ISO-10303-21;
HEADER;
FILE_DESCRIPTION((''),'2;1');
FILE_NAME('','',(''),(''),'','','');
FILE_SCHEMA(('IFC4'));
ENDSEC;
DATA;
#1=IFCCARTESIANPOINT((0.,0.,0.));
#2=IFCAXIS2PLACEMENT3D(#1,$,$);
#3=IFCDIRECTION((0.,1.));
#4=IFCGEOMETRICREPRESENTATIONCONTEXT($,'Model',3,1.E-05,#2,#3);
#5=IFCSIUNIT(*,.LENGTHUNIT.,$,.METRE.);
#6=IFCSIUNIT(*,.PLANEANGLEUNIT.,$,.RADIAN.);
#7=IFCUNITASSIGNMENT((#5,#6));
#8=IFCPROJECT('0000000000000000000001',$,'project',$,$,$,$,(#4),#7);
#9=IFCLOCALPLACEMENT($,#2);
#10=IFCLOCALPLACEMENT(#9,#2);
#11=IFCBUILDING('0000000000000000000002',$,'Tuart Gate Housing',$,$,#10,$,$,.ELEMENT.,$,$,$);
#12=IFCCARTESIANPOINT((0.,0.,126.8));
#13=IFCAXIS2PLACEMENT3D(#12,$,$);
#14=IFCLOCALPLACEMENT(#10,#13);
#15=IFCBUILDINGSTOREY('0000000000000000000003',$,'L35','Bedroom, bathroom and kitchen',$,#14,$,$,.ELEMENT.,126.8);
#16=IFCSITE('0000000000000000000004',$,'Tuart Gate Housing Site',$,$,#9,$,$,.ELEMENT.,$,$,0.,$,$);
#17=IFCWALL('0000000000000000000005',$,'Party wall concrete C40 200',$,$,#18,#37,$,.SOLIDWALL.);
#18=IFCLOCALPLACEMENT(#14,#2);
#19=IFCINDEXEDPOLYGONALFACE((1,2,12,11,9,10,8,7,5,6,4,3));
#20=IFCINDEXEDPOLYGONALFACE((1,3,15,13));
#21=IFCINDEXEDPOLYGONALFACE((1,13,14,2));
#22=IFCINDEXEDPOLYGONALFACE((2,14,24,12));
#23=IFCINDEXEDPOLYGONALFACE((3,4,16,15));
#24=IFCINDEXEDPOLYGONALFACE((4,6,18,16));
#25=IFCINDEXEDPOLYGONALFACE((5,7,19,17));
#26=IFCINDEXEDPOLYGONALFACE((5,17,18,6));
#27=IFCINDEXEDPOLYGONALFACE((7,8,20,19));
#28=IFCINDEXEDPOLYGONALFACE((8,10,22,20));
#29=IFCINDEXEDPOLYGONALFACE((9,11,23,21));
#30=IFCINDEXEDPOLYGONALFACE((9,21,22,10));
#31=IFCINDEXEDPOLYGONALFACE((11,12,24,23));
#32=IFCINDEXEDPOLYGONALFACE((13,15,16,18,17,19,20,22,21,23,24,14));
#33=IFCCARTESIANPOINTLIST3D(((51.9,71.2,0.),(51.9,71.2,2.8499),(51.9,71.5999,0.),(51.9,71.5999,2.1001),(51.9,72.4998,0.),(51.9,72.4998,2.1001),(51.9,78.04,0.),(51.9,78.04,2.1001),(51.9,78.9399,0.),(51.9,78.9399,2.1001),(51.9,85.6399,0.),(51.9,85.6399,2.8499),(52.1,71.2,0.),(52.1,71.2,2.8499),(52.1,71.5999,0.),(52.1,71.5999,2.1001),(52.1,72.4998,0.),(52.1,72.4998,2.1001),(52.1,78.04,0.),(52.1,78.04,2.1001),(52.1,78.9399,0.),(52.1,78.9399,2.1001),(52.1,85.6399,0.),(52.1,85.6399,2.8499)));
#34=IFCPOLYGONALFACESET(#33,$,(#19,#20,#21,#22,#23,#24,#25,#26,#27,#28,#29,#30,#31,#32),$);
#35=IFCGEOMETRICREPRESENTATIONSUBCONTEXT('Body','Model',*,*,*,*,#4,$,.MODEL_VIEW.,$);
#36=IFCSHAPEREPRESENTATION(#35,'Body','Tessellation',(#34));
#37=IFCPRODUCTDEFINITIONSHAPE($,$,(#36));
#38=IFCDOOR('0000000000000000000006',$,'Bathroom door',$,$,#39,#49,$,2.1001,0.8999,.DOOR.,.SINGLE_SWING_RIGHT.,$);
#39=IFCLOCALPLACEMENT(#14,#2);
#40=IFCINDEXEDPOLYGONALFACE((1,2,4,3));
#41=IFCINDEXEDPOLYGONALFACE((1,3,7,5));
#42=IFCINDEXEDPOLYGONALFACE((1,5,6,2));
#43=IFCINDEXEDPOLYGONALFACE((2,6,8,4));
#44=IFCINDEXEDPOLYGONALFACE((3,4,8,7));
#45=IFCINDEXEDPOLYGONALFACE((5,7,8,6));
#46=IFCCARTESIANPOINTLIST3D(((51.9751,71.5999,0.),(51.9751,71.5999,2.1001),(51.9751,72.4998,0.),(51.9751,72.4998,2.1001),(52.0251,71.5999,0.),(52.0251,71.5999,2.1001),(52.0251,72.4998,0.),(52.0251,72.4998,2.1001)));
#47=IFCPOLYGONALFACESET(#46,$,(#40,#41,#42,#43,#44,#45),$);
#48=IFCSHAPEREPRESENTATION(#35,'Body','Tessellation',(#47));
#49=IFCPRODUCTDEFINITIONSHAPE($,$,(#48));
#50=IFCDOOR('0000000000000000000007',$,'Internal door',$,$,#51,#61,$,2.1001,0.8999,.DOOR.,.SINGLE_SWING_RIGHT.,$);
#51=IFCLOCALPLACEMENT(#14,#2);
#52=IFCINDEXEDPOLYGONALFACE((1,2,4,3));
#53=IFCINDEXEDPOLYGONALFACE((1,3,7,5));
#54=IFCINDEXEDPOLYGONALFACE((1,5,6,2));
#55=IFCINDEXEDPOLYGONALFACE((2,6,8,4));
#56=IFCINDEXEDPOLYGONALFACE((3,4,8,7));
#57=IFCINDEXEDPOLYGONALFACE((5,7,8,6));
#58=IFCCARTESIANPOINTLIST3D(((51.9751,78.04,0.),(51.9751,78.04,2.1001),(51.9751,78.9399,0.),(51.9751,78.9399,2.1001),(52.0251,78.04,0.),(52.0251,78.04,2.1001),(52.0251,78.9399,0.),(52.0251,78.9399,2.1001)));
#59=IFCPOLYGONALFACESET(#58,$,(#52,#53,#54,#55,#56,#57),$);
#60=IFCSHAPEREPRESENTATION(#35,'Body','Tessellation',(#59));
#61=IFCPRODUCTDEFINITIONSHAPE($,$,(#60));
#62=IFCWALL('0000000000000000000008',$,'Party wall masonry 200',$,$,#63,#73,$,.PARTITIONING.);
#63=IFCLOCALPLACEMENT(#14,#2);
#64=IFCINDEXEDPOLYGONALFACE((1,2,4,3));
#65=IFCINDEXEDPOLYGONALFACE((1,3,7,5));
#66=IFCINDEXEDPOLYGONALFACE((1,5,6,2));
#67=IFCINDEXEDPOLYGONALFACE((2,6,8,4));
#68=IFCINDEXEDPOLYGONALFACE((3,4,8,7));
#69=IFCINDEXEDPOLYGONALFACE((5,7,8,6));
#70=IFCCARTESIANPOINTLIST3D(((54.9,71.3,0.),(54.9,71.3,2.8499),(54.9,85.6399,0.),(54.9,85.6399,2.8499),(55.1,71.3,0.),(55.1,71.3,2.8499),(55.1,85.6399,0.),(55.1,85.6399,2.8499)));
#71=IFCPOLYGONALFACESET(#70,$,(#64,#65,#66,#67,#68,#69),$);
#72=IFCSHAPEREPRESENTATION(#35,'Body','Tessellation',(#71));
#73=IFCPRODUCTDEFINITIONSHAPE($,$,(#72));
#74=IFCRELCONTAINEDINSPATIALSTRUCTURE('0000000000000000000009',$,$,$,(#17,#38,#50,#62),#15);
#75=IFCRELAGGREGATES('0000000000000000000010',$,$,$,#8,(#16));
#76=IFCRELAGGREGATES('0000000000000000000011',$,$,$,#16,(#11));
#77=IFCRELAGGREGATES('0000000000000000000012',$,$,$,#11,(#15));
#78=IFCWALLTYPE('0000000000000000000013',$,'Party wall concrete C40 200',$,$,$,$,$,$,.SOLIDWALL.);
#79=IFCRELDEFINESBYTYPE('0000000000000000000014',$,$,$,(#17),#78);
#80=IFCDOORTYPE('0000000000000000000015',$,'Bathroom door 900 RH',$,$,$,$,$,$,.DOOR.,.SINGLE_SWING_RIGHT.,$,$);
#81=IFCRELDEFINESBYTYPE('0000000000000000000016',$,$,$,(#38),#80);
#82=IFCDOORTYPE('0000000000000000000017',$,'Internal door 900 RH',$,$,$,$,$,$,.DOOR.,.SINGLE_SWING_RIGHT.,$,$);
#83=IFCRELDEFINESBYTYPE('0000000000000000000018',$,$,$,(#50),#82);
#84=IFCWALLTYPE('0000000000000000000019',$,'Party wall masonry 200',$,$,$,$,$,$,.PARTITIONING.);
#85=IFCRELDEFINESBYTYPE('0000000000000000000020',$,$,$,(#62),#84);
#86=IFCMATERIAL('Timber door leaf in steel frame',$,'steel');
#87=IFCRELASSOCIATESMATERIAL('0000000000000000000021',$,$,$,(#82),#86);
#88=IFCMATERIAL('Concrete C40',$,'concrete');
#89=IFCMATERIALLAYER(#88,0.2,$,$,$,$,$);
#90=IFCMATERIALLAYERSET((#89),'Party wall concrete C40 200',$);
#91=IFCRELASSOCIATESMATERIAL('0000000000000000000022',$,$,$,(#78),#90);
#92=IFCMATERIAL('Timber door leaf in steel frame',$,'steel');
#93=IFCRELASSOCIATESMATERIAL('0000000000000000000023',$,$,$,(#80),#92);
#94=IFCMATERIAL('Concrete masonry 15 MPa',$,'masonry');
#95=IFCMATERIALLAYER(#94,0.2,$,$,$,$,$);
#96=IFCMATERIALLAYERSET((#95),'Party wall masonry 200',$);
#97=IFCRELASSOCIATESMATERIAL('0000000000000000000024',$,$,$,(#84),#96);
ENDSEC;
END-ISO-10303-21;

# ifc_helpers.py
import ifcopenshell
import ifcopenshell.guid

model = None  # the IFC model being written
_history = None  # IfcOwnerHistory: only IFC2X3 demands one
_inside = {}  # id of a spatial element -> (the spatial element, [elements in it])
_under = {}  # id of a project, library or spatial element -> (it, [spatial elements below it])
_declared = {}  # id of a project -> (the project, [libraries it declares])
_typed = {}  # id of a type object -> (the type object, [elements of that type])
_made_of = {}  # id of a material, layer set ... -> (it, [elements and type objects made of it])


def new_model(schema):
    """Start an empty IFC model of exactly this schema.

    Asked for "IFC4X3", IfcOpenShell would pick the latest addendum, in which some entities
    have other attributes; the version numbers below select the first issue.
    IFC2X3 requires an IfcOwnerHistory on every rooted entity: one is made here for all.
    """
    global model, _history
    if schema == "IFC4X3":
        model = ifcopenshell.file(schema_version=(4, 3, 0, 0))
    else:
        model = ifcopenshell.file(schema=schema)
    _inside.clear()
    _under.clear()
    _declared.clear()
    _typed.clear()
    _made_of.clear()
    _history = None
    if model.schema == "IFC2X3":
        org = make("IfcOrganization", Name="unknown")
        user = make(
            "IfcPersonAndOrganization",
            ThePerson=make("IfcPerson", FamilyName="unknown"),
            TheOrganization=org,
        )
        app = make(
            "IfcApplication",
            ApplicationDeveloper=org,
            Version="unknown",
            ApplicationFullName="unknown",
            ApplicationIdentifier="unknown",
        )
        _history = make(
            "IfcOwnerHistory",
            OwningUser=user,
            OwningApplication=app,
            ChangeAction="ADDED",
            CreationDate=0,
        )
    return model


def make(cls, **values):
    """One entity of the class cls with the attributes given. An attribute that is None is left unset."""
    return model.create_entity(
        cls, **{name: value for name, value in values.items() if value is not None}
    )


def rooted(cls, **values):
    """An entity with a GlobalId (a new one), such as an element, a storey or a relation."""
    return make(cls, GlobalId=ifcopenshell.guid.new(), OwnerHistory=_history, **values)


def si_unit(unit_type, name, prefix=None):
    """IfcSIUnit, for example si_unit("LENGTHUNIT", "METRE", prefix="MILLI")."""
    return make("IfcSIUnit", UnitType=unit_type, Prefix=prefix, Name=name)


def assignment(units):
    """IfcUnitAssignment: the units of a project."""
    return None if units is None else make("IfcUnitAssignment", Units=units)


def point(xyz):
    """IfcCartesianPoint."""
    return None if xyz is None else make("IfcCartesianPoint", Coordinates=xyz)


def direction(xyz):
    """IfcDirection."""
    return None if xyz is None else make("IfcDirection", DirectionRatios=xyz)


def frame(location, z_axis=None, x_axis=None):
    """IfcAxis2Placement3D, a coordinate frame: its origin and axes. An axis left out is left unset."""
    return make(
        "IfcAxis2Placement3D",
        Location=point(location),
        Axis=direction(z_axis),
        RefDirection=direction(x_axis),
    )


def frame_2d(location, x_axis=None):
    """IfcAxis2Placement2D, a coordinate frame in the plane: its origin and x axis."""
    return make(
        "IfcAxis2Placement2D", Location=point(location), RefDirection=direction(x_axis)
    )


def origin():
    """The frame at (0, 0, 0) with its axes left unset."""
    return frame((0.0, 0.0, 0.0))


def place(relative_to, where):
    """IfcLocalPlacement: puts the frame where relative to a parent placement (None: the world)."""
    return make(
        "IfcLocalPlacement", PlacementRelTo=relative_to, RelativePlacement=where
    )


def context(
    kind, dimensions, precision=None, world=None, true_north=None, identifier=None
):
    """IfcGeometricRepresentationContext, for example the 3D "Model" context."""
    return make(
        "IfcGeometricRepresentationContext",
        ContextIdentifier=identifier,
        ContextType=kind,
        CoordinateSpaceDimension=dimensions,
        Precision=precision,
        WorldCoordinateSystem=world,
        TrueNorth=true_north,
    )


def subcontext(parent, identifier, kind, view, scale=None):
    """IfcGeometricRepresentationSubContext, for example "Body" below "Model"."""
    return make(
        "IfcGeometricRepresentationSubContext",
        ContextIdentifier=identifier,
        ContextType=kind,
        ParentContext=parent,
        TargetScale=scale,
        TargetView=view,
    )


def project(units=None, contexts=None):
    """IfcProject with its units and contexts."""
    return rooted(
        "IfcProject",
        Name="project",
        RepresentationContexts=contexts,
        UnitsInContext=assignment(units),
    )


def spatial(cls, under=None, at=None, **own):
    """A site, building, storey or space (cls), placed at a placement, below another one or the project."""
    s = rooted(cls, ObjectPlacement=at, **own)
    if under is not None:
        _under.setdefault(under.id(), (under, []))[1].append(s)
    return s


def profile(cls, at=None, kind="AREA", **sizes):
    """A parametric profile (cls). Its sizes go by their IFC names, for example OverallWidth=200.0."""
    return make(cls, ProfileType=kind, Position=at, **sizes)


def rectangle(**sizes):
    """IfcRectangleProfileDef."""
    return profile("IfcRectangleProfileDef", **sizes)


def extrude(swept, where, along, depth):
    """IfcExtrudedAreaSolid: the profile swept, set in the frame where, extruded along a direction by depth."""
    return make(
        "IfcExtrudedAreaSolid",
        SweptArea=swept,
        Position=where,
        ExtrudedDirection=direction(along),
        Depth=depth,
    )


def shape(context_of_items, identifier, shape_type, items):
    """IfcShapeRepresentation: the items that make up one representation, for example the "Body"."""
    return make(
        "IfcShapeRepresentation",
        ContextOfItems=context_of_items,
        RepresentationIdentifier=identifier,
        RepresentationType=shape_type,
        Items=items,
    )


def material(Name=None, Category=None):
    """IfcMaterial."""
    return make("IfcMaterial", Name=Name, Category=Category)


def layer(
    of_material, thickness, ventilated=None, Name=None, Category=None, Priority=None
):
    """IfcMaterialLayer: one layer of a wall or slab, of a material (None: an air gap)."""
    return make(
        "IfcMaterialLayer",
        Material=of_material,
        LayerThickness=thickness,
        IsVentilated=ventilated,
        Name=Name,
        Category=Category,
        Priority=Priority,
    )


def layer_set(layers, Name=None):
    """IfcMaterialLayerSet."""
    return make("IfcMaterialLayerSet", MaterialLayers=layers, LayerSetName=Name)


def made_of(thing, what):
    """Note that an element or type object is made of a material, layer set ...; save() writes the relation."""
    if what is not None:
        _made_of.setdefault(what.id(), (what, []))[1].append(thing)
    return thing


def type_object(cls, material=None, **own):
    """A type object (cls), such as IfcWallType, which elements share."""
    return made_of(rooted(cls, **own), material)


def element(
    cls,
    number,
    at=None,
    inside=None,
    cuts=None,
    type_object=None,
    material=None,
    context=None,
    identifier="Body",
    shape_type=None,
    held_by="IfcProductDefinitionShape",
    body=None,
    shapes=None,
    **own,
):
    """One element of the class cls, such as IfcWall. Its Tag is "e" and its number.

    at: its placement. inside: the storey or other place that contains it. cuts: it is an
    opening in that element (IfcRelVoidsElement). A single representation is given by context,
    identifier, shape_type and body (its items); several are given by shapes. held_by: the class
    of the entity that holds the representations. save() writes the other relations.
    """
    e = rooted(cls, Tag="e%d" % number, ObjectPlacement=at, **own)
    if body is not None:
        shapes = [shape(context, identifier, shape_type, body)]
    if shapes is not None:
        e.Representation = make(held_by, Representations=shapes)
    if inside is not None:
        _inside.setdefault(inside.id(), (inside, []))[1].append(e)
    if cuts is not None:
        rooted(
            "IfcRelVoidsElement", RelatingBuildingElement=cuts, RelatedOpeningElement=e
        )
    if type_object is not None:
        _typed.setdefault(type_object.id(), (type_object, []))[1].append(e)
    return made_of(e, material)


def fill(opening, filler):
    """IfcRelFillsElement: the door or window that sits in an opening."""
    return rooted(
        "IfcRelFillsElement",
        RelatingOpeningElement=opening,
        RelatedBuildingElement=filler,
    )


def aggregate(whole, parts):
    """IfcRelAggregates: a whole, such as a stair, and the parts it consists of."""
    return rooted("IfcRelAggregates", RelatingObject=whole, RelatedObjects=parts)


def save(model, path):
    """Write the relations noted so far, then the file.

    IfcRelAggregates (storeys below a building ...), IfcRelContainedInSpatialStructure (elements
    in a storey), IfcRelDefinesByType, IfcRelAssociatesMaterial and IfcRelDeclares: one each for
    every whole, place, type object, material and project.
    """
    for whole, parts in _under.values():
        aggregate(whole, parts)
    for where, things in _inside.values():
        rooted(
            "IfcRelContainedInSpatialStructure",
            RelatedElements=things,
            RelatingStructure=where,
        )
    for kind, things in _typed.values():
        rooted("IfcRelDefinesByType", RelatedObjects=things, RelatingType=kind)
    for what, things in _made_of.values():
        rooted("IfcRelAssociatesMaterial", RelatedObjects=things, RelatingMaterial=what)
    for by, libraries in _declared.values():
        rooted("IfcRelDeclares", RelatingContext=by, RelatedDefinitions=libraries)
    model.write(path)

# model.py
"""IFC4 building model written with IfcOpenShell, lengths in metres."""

from ifc_helpers import new_model, si_unit, direction, frame, frame_2d, origin, place, context, subcontext, project, spatial, rectangle, extrude, material, layer, layer_set, type_object, element, fill, save


model = new_model("IFC4")

# Units and contexts
model_context = context("Model", 3, precision=1e-05, world=origin(), true_north=direction((0.0, 1.0)))
body_context = subcontext(model_context, "Body", "Model", "MODEL_VIEW")
ifc_project = project(units=[si_unit("LENGTHUNIT", "METRE"), si_unit("PLANEANGLEUNIT", "RADIAN")], contexts=[model_context])

# Site, building, storey
site_placement = place(None, origin())
site = spatial("IfcSite", under=ifc_project, at=site_placement, Name="Tuart Gate Housing Site", CompositionType="ELEMENT", RefElevation=0.0)
building_placement = place(site_placement, origin())
building = spatial("IfcBuilding", under=site, at=building_placement, Name="Tuart Gate Housing", CompositionType="ELEMENT")
storey_placement = place(building_placement, frame((0.0, 0.0, 126.8)))
storey = spatial("IfcBuildingStorey", under=building, at=storey_placement, Name="L35", Description="Bedroom, bathroom and kitchen", CompositionType="ELEMENT", Elevation=126.8)

# Shared definitions
ifc_material_1 = material(Name="Timber door leaf in steel frame", Category="steel")
door_type_1 = type_object("IfcDoorType", Name="Internal door 900 RH", OperationType="SINGLE_SWING_RIGHT", PredefinedType="DOOR", material=ifc_material_1)

# Shared definitions
ifc_material_2 = material(Name="Concrete C40", Category="concrete")
ifc_layer_1 = layer(ifc_material_2, 0.2)
ifc_layer_set_1 = layer_set([ifc_layer_1], Name="Party wall concrete C40 200")
wall_type_1 = type_object("IfcWallType", Name="Party wall concrete C40 200", PredefinedType="SOLIDWALL", material=ifc_layer_set_1)

# Wall, openings, doors
wall_1_placement = place(storey_placement, frame((52.0, 71.2, 0.0), z_axis=(0.0, 0.0, 1.0), x_axis=(0.0, 1.0, 0.0)))
wall_1 = element("IfcWall", 1, at=wall_1_placement, inside=storey, type_object=wall_type_1, Name="Party wall concrete C40 200", PredefinedType="SOLIDWALL", context=body_context, shape_type="SweptSolid", body=[
    extrude(rectangle(XDim=14.4399, YDim=0.2, at=frame_2d((7.22, 0.0))), origin(), (0.0, 0.0, 1.0), 2.8499),
])
opening_1_placement = place(wall_1_placement, frame((6.8401, 0.0, 0.0)))
opening_1 = element("IfcOpeningElement", 2, at=opening_1_placement, cuts=wall_1, PredefinedType="OPENING", context=body_context, shape_type="SweptSolid", body=[
    extrude(rectangle(XDim=0.8999, YDim=2.1001, at=frame_2d((0.45, 1.05))), frame((0.0, 0.1099, 0.0), z_axis=(0.0, -1.0, 0.0), x_axis=(1.0, 0.0, 0.0)), (0.0, 0.0, 1.0), 0.22),
])
opening_2_placement = place(wall_1_placement, frame((0.3999, 0.0, 0.0)))
opening_2 = element("IfcOpeningElement", 3, at=opening_2_placement, cuts=wall_1, PredefinedType="OPENING", context=body_context, shape_type="SweptSolid", body=[
    extrude(rectangle(XDim=0.8999, YDim=2.1001, at=frame_2d((0.45, 1.05))), frame((0.0, 0.1099, 0.0), z_axis=(0.0, -1.0, 0.0), x_axis=(1.0, 0.0, 0.0)), (0.0, 0.0, 1.0), 0.22),
])
ifc_material_3 = material(Name="Timber door leaf in steel frame", Category="steel")
door_type_2 = type_object("IfcDoorType", Name="Bathroom door 900 RH", OperationType="SINGLE_SWING_RIGHT", PredefinedType="DOOR", material=ifc_material_3)
door_1_placement = place(opening_2_placement, frame((0.8999, 0.0, 0.0), z_axis=(0.0, 0.0, 1.0), x_axis=(-1.0, 0.0, 0.0)))
door_1 = element("IfcDoor", 4, at=door_1_placement, inside=storey, type_object=door_type_2, Name="Bathroom door", OperationType="SINGLE_SWING_RIGHT", OverallHeight=2.1001, OverallWidth=0.8999, PredefinedType="DOOR", context=body_context, shape_type="SweptSolid", body=[
    extrude(rectangle(XDim=0.8999, YDim=2.1001, at=frame_2d((0.45, 1.05))), frame((0.0, 0.0251, 0.0), z_axis=(0.0, -1.0, 0.0), x_axis=(1.0, 0.0, 0.0)), (0.0, 0.0, 1.0), 0.05),
])
fill(opening_2, door_1)
door_2_placement = place(opening_1_placement, frame((0.8999, 0.0, 0.0), z_axis=(0.0, 0.0, 1.0), x_axis=(-1.0, 0.0, 0.0)))
door_2 = element("IfcDoor", 5, at=door_2_placement, inside=storey, type_object=door_type_1, Name="Internal door", OperationType="SINGLE_SWING_RIGHT", OverallHeight=2.1001, OverallWidth=0.8999, PredefinedType="DOOR", context=body_context, shape_type="SweptSolid", body=[
    extrude(rectangle(XDim=0.8999, YDim=2.1001, at=frame_2d((0.45, 1.05))), frame((0.0, 0.0251, 0.0), z_axis=(0.0, -1.0, 0.0), x_axis=(1.0, 0.0, 0.0)), (0.0, 0.0, 1.0), 0.05),
])
fill(opening_1, door_2)

# Wall
ifc_material_4 = material(Name="Concrete masonry 15 MPa", Category="masonry")
ifc_layer_2 = layer(ifc_material_4, 0.2)
ifc_layer_set_2 = layer_set([ifc_layer_2], Name="Party wall masonry 200")
wall_type_2 = type_object("IfcWallType", Name="Party wall masonry 200", PredefinedType="PARTITIONING", material=ifc_layer_set_2)
wall_2_placement = place(storey_placement, frame((55.0, 71.3, 0.0), z_axis=(0.0, 0.0, 1.0), x_axis=(0.0, 1.0, 0.0)))
element("IfcWall", 6, at=wall_2_placement, inside=storey, type_object=wall_type_2, Name="Party wall masonry 200", PredefinedType="PARTITIONING", context=body_context, shape_type="SweptSolid", body=[
    extrude(rectangle(XDim=14.3398, YDim=0.2, at=frame_2d((7.1699, 0.0))), origin(), (0.0, 0.0, 1.0), 2.8499),
])

save(model, "model.ifc")
